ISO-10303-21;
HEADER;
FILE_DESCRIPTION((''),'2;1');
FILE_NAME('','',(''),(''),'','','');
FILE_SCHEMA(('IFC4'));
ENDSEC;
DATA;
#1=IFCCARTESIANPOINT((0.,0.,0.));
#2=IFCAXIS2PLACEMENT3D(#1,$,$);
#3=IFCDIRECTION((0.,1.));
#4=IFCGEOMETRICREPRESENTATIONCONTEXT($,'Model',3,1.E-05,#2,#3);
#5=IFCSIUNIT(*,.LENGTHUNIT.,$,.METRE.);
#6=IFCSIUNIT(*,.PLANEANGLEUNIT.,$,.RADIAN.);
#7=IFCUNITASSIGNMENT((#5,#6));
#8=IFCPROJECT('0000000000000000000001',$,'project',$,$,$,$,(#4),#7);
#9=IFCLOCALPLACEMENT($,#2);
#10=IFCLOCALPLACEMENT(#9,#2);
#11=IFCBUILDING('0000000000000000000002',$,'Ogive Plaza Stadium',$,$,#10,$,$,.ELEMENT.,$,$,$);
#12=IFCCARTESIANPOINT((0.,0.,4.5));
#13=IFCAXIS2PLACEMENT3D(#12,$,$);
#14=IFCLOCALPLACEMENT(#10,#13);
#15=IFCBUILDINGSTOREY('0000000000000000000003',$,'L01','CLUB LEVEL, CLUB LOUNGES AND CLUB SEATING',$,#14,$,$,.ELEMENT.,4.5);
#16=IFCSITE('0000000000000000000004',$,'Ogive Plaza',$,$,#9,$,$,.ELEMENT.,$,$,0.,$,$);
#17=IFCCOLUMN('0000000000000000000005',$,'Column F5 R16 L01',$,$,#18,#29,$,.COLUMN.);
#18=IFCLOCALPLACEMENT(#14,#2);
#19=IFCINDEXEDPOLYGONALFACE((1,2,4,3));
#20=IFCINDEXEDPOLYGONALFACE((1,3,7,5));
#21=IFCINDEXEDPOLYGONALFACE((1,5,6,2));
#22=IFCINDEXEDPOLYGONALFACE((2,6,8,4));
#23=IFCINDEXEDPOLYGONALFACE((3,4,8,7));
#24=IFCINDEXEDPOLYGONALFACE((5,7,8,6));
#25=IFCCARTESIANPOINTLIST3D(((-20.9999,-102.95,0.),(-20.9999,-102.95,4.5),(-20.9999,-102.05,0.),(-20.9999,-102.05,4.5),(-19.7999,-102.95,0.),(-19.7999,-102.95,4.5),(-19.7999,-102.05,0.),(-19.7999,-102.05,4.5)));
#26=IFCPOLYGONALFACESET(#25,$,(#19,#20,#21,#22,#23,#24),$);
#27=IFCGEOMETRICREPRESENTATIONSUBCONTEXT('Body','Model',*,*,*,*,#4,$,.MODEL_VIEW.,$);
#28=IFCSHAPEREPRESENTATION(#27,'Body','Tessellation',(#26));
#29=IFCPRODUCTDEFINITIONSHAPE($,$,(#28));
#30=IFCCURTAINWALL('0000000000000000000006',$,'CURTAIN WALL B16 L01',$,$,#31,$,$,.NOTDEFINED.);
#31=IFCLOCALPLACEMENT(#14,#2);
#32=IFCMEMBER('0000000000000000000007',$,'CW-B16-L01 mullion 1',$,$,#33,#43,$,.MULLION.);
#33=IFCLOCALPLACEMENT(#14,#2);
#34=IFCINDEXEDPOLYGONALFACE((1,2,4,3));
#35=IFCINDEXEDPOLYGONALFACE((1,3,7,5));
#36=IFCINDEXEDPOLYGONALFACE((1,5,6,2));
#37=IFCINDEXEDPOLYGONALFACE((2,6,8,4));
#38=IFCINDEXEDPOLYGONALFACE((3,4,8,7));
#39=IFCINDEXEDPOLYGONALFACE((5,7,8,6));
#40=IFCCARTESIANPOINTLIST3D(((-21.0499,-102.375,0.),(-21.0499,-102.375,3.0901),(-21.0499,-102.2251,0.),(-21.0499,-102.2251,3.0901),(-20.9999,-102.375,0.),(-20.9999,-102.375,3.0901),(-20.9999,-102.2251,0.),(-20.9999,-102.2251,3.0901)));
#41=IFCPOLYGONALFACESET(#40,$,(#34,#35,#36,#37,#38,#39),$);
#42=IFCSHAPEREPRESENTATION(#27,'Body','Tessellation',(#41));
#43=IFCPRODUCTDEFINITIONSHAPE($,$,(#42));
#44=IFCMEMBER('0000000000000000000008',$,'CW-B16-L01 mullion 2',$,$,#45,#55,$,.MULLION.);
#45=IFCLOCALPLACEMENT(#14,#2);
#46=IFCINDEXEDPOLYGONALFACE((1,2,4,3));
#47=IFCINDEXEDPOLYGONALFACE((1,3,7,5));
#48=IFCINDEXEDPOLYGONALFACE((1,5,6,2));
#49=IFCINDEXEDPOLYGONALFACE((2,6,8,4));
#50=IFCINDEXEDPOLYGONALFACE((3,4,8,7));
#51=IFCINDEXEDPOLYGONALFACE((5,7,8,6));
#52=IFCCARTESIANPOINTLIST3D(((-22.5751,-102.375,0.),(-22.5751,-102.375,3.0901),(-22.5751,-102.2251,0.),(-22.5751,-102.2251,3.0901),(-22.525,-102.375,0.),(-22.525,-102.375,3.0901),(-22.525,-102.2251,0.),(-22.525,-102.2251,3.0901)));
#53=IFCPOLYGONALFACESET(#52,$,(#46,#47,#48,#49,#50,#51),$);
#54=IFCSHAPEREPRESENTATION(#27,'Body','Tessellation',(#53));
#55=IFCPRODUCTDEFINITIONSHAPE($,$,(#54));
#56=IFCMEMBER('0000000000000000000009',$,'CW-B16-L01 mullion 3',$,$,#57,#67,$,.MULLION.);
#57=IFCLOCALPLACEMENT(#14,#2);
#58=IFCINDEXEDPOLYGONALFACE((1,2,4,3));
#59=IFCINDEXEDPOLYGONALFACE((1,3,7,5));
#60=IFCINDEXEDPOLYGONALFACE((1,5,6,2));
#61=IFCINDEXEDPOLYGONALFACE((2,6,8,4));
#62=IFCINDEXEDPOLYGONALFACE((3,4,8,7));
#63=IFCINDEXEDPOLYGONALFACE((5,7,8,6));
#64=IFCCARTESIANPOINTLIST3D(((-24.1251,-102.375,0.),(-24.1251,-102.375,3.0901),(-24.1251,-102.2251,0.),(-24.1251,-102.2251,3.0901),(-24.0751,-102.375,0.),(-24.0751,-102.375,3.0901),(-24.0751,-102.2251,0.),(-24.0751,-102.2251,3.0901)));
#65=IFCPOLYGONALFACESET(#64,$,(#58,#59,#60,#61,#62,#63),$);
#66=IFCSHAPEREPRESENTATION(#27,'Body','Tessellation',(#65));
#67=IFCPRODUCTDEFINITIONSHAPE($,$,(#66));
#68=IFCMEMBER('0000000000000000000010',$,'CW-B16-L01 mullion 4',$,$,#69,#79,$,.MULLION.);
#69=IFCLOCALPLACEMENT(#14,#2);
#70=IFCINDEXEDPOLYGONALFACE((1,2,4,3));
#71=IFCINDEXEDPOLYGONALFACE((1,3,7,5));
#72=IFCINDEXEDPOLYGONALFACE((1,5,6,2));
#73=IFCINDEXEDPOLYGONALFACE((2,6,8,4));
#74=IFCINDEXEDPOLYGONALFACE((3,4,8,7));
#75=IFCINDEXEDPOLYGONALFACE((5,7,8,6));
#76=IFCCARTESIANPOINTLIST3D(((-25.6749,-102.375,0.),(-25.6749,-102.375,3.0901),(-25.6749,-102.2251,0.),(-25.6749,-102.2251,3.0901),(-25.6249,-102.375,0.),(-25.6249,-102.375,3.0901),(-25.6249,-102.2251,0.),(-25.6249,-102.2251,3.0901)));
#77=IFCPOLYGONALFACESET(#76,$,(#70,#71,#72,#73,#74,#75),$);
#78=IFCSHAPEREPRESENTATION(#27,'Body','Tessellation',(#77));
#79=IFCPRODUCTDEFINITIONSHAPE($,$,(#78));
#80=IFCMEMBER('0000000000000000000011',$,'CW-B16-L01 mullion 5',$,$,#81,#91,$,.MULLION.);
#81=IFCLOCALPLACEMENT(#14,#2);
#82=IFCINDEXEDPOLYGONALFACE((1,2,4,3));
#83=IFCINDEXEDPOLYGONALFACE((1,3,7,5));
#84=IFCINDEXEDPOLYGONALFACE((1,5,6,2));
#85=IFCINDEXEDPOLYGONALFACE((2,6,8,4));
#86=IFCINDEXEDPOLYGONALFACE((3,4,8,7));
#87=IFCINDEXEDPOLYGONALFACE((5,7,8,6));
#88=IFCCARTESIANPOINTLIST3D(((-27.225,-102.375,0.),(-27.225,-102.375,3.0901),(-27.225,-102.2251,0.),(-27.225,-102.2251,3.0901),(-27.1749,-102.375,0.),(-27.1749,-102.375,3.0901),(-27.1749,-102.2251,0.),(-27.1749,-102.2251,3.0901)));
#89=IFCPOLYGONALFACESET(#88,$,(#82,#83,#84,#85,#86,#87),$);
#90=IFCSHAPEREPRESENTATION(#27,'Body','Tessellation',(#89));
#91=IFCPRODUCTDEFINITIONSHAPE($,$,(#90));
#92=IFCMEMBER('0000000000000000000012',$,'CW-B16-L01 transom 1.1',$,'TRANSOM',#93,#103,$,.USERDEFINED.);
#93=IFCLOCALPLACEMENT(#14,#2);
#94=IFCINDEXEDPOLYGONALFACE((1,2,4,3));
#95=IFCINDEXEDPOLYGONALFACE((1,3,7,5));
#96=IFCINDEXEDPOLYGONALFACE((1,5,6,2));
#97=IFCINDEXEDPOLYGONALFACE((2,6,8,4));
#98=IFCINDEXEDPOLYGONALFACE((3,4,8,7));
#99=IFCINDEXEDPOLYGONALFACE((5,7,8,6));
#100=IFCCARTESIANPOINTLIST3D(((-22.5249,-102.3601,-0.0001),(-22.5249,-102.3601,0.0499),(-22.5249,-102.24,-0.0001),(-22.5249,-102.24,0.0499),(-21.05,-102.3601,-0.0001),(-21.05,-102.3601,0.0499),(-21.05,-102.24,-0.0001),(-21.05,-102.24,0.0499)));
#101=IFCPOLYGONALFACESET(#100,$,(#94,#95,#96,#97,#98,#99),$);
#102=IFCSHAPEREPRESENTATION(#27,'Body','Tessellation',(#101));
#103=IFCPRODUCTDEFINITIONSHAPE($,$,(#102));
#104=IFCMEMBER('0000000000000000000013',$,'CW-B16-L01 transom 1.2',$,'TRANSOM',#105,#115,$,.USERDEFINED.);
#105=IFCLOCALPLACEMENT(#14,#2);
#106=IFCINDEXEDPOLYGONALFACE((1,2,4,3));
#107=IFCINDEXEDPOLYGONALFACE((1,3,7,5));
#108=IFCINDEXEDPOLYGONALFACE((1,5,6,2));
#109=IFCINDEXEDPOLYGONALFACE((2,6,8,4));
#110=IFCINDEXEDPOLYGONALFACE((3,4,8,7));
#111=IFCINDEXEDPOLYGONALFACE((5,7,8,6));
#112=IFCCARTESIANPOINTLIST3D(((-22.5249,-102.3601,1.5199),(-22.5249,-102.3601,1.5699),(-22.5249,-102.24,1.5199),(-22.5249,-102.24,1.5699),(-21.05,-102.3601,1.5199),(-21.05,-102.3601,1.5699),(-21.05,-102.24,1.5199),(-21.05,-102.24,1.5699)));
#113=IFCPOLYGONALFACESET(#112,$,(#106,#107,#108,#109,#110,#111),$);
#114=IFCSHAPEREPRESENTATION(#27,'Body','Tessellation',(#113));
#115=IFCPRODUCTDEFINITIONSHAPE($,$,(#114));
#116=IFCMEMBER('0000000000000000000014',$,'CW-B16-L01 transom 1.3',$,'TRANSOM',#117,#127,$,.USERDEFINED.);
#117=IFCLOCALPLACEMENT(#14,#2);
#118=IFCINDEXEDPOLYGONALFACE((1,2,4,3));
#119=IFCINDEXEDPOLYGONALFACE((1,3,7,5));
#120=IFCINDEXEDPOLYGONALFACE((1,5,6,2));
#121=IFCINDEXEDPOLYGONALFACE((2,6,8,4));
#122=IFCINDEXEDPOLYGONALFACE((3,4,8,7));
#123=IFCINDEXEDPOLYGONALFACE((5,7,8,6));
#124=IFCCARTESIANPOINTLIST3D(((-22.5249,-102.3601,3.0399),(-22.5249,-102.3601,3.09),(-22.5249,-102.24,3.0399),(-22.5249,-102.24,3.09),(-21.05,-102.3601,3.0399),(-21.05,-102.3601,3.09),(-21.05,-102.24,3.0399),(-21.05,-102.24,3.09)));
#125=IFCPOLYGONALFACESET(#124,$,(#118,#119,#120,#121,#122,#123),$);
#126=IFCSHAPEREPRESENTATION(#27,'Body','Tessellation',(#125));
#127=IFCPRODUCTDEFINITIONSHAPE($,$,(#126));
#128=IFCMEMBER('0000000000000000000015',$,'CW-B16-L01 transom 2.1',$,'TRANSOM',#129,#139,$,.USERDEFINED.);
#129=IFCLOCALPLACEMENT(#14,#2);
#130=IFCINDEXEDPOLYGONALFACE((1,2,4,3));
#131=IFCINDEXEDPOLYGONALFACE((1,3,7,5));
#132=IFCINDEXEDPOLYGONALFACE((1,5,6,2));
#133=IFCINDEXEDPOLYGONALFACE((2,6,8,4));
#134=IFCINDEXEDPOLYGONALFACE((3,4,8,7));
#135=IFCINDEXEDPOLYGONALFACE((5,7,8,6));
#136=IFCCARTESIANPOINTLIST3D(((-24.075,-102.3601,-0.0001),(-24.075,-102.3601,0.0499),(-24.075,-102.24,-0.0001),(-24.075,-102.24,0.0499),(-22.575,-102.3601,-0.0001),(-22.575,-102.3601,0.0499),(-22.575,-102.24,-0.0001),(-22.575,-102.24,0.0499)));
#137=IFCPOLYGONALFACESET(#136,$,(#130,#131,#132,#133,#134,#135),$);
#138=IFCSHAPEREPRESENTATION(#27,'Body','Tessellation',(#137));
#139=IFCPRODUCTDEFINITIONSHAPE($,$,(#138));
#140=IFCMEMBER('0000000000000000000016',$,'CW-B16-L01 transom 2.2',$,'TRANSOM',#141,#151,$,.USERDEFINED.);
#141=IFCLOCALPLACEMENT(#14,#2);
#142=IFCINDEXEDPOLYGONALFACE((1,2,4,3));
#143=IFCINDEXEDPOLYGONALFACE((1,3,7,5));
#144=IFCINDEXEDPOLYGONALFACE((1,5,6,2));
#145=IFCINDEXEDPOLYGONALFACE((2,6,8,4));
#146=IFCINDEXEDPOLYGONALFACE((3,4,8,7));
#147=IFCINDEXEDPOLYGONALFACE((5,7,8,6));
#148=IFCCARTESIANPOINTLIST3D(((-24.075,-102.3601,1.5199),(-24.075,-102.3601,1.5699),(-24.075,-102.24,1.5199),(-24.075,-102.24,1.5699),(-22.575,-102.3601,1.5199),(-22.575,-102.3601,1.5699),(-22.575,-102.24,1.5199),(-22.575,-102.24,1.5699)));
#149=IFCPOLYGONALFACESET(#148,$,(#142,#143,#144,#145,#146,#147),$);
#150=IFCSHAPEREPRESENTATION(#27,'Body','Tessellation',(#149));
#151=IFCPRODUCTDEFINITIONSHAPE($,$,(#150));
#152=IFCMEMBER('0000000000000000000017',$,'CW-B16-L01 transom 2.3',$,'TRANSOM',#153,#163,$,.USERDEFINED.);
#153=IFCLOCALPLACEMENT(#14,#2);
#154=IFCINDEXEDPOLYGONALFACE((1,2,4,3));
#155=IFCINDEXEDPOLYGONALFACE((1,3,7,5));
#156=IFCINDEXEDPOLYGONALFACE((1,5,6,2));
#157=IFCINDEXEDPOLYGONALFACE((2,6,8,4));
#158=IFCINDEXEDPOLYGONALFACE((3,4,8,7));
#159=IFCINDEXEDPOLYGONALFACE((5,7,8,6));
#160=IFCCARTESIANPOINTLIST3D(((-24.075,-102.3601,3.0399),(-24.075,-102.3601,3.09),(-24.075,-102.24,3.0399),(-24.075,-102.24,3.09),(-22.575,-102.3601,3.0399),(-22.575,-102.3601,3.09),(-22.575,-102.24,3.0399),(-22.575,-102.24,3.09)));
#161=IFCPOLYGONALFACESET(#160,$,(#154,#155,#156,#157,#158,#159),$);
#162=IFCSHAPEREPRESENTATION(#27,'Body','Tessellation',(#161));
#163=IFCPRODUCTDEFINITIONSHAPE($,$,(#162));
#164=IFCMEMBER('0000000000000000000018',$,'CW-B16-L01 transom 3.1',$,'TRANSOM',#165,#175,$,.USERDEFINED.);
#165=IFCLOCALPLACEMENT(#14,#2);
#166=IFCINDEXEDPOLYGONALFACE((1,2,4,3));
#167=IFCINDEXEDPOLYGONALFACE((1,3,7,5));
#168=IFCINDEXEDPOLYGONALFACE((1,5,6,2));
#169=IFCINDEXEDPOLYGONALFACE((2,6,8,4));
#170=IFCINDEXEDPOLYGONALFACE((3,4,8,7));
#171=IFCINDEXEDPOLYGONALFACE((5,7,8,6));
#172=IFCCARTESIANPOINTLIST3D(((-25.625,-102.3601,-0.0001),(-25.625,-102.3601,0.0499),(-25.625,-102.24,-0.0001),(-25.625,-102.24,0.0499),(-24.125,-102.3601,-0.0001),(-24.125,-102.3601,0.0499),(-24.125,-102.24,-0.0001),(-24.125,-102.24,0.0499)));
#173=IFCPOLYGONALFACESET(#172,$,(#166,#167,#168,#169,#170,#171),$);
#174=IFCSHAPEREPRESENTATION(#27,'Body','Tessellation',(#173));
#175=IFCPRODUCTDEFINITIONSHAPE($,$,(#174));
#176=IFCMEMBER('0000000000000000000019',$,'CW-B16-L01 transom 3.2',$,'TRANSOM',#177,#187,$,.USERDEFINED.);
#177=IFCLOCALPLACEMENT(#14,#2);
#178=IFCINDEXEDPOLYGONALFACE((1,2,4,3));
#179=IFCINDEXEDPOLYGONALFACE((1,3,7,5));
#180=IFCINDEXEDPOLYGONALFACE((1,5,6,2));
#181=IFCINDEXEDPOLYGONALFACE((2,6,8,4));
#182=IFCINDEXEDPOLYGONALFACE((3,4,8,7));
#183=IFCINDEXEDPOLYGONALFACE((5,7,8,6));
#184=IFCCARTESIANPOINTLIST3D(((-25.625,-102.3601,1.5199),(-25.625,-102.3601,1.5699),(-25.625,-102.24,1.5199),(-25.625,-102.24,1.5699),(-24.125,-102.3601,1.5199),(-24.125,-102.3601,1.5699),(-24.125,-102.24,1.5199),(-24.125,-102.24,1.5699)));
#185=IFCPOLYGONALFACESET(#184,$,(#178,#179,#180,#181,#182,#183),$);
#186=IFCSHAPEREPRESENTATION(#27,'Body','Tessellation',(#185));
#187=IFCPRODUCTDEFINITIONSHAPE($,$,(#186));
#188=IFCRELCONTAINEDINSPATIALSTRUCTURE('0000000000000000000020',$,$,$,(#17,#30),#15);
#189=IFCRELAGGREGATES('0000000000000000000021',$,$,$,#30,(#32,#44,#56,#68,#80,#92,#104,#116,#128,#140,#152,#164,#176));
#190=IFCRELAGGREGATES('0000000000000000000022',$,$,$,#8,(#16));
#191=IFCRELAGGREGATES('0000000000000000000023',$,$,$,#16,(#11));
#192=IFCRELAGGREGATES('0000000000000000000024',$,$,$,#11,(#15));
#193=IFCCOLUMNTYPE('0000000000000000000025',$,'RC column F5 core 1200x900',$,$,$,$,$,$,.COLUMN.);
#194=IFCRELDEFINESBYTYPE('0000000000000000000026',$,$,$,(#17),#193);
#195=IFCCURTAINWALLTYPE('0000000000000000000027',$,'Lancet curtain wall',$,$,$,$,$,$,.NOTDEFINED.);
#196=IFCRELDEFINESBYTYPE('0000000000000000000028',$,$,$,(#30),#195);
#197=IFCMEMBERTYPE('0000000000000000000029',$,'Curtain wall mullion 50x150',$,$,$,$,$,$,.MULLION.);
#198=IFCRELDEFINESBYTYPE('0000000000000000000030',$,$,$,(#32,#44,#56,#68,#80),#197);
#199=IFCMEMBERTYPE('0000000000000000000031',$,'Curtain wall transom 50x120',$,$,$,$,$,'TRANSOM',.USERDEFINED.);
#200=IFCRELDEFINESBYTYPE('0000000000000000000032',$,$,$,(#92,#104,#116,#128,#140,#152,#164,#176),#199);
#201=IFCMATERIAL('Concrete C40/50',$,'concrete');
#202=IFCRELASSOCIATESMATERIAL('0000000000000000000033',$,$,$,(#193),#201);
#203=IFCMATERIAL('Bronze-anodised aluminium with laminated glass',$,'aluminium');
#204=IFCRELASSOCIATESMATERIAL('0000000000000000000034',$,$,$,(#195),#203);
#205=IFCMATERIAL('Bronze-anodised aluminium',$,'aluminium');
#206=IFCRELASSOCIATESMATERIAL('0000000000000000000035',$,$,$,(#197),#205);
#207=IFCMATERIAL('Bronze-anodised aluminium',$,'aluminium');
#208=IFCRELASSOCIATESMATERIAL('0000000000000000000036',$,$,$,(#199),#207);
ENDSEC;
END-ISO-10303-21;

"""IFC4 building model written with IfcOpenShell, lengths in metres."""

from ifc_helpers import new_model, si_unit, direction, frame, origin, origin_2d, place, context, subcontext, project, spatial, rectangle, extrude, material, material_profile, profile_set, type_object, element, aggregate, save


model = new_model("IFC4")

# Units and contexts
model_context = context("Model", 3, precision=1e-05, world=origin(), true_north=direction((0.0, 1.0)))
body_context = subcontext(model_context, "Body", "Model", "MODEL_VIEW")
ifc_project = project(units=[si_unit("LENGTHUNIT", "METRE"), si_unit("PLANEANGLEUNIT", "RADIAN")], contexts=[model_context])

# Site, building, storey
site_placement = place(None, origin())
site = spatial("IfcSite", under=ifc_project, at=site_placement, Name="Ogive Plaza", CompositionType="ELEMENT", RefElevation=0.0)
building_placement = place(site_placement, origin())
building = spatial("IfcBuilding", under=site, at=building_placement, Name="Ogive Plaza Stadium", CompositionType="ELEMENT")
storey_placement = place(building_placement, frame((0.0, 0.0, 4.5)))
storey = spatial("IfcBuildingStorey", under=building, at=storey_placement, Name="L01", Description="CLUB LEVEL, CLUB LOUNGES AND CLUB SEATING", CompositionType="ELEMENT", Elevation=4.5)

# Column
ifc_material_1 = material(Name="Concrete C40/50", Category="concrete")
ifc_material_profile_1 = material_profile(ifc_material_1, rectangle(XDim=1.2, YDim=0.8999, at=origin_2d()), Name="RC 1200x900")
ifc_profile_set_1 = profile_set([ifc_material_profile_1], Name="Concrete C40/50")
column_type = type_object("IfcColumnType", Name="RC column F5 core 1200x900", PredefinedType="COLUMN", material=ifc_profile_set_1)
column_placement = place(storey_placement, frame((-20.3999, -102.5, 0.0), z_axis=(0.0, 0.0, 1.0), x_axis=(1.0, 0.0, 0.0)))
element("IfcColumn", 1, at=column_placement, inside=storey, type_object=column_type, Name="Column F5 R16 L01", PredefinedType="COLUMN", context=body_context, shape_type="SweptSolid", body=[
    extrude(rectangle(XDim=1.2, YDim=0.8999, at=origin_2d()), origin(), (0.0, 0.0, 1.0), 4.5),
])

# Curtain wall, members
ifc_material_2 = material(Name="Bronze-anodised aluminium with laminated glass", Category="aluminium")
curtain_wall_type = type_object("IfcCurtainWallType", Name="Lancet curtain wall", PredefinedType="NOTDEFINED", material=ifc_material_2)
curtain_wall_placement = place(storey_placement, origin())
curtain_wall = element("IfcCurtainWall", 2, at=curtain_wall_placement, inside=storey, type_object=curtain_wall_type, Name="CURTAIN WALL B16 L01", PredefinedType="NOTDEFINED")
ifc_material_3 = material(Name="Bronze-anodised aluminium", Category="aluminium")
ifc_material_profile_2 = material_profile(ifc_material_3, rectangle(XDim=0.1499, YDim=0.05, at=origin_2d()), Name="AL 150x50")
ifc_profile_set_2 = profile_set([ifc_material_profile_2], Name="Bronze-anodised aluminium")
member_type_1 = type_object("IfcMemberType", Name="Curtain wall mullion 50x150", PredefinedType="MULLION", material=ifc_profile_set_2)
member_1_placement = place(storey_placement, frame((-21.0249, -102.3, 0.0), z_axis=(0.0, 0.0, 1.0), x_axis=(0.0, -1.0, 0.0)))
member_1 = element("IfcMember", 3, at=member_1_placement, type_object=member_type_1, Name="CW-B16-L01 mullion 1", PredefinedType="MULLION", context=body_context, shape_type="SweptSolid", body=[
    extrude(rectangle(XDim=0.1499, YDim=0.05, at=origin_2d()), origin(), (0.0, 0.0, 1.0), 3.0901),
])
member_2_placement = place(storey_placement, frame((-22.55, -102.3, 0.0), z_axis=(0.0, 0.0, 1.0), x_axis=(0.0, -1.0, 0.0)))
member_2 = element("IfcMember", 4, at=member_2_placement, type_object=member_type_1, Name="CW-B16-L01 mullion 2", PredefinedType="MULLION", context=body_context, shape_type="SweptSolid", body=[
    extrude(rectangle(XDim=0.1499, YDim=0.05, at=origin_2d()), origin(), (0.0, 0.0, 1.0), 3.0901),
])
member_3_placement = place(storey_placement, frame((-24.1001, -102.3, 0.0), z_axis=(0.0, 0.0, 1.0), x_axis=(0.0, -1.0, 0.0)))
member_3 = element("IfcMember", 5, at=member_3_placement, type_object=member_type_1, Name="CW-B16-L01 mullion 3", PredefinedType="MULLION", context=body_context, shape_type="SweptSolid", body=[
    extrude(rectangle(XDim=0.1499, YDim=0.05, at=origin_2d()), origin(), (0.0, 0.0, 1.0), 3.0901),
])
member_4_placement = place(storey_placement, frame((-25.6499, -102.3, 0.0), z_axis=(0.0, 0.0, 1.0), x_axis=(0.0, -1.0, 0.0)))
member_4 = element("IfcMember", 6, at=member_4_placement, type_object=member_type_1, Name="CW-B16-L01 mullion 4", PredefinedType="MULLION", context=body_context, shape_type="SweptSolid", body=[
    extrude(rectangle(XDim=0.1499, YDim=0.05, at=origin_2d()), origin(), (0.0, 0.0, 1.0), 3.0901),
])
member_5_placement = place(storey_placement, frame((-27.2, -102.3, 0.0), z_axis=(0.0, 0.0, 1.0), x_axis=(0.0, -1.0, 0.0)))
member_5 = element("IfcMember", 7, at=member_5_placement, type_object=member_type_1, Name="CW-B16-L01 mullion 5", PredefinedType="MULLION", context=body_context, shape_type="SweptSolid", body=[
    extrude(rectangle(XDim=0.1499, YDim=0.05, at=origin_2d()), origin(), (0.0, 0.0, 1.0), 3.0901),
])
ifc_material_4 = material(Name="Bronze-anodised aluminium", Category="aluminium")
ifc_material_profile_3 = material_profile(ifc_material_4, rectangle(XDim=0.1201, YDim=0.05, at=origin_2d()), Name="AL 120x50")
ifc_profile_set_3 = profile_set([ifc_material_profile_3], Name="Bronze-anodised aluminium")
member_type_2 = type_object("IfcMemberType", Name="Curtain wall transom 50x120", ElementType="TRANSOM", PredefinedType="USERDEFINED", material=ifc_profile_set_3)
member_6_placement = place(storey_placement, frame((-21.05, -102.3, 0.0249), z_axis=(-1.0, 0.0, 0.0), x_axis=(0.0, -1.0, 0.0)))
member_6 = element("IfcMember", 8, at=member_6_placement, type_object=member_type_2, Name="CW-B16-L01 transom 1.1", ObjectType="TRANSOM", PredefinedType="USERDEFINED", context=body_context, shape_type="SweptSolid", body=[
    extrude(rectangle(XDim=0.1201, YDim=0.05, at=origin_2d()), origin(), (0.0, 0.0, 1.0), 1.4749),
])
member_7_placement = place(storey_placement, frame((-21.05, -102.3, 1.5449), z_axis=(-1.0, 0.0, 0.0), x_axis=(0.0, -1.0, 0.0)))
member_7 = element("IfcMember", 9, at=member_7_placement, type_object=member_type_2, Name="CW-B16-L01 transom 1.2", ObjectType="TRANSOM", PredefinedType="USERDEFINED", context=body_context, shape_type="SweptSolid", body=[
    extrude(rectangle(XDim=0.1201, YDim=0.05, at=origin_2d()), origin(), (0.0, 0.0, 1.0), 1.4749),
])
member_8_placement = place(storey_placement, frame((-21.05, -102.3, 3.0649), z_axis=(-1.0, 0.0, 0.0), x_axis=(0.0, -1.0, 0.0)))
member_8 = element("IfcMember", 10, at=member_8_placement, type_object=member_type_2, Name="CW-B16-L01 transom 1.3", ObjectType="TRANSOM", PredefinedType="USERDEFINED", context=body_context, shape_type="SweptSolid", body=[
    extrude(rectangle(XDim=0.1201, YDim=0.05, at=origin_2d()), origin(), (0.0, 0.0, 1.0), 1.4749),
])
member_9_placement = place(storey_placement, frame((-22.575, -102.3, 0.0249), z_axis=(-1.0, 0.0, 0.0), x_axis=(0.0, -1.0, 0.0)))
member_9 = element("IfcMember", 11, at=member_9_placement, type_object=member_type_2, Name="CW-B16-L01 transom 2.1", ObjectType="TRANSOM", PredefinedType="USERDEFINED", context=body_context, shape_type="SweptSolid", body=[
    extrude(rectangle(XDim=0.1201, YDim=0.05, at=origin_2d()), origin(), (0.0, 0.0, 1.0), 1.5),
])
member_10_placement = place(storey_placement, frame((-22.575, -102.3, 1.5449), z_axis=(-1.0, 0.0, 0.0), x_axis=(0.0, -1.0, 0.0)))
member_10 = element("IfcMember", 12, at=member_10_placement, type_object=member_type_2, Name="CW-B16-L01 transom 2.2", ObjectType="TRANSOM", PredefinedType="USERDEFINED", context=body_context, shape_type="SweptSolid", body=[
    extrude(rectangle(XDim=0.1201, YDim=0.05, at=origin_2d()), origin(), (0.0, 0.0, 1.0), 1.5),
])
member_11_placement = place(storey_placement, frame((-22.575, -102.3, 3.0649), z_axis=(-1.0, 0.0, 0.0), x_axis=(0.0, -1.0, 0.0)))
member_11 = element("IfcMember", 13, at=member_11_placement, type_object=member_type_2, Name="CW-B16-L01 transom 2.3", ObjectType="TRANSOM", PredefinedType="USERDEFINED", context=body_context, shape_type="SweptSolid", body=[
    extrude(rectangle(XDim=0.1201, YDim=0.05, at=origin_2d()), origin(), (0.0, 0.0, 1.0), 1.5),
])
member_12_placement = place(storey_placement, frame((-24.125, -102.3, 0.0249), z_axis=(-1.0, 0.0, 0.0), x_axis=(0.0, -1.0, 0.0)))
member_12 = element("IfcMember", 14, at=member_12_placement, type_object=member_type_2, Name="CW-B16-L01 transom 3.1", ObjectType="TRANSOM", PredefinedType="USERDEFINED", context=body_context, shape_type="SweptSolid", body=[
    extrude(rectangle(XDim=0.1201, YDim=0.05, at=origin_2d()), origin(), (0.0, 0.0, 1.0), 1.5),
])
member_13_placement = place(storey_placement, frame((-24.125, -102.3, 1.5449), z_axis=(-1.0, 0.0, 0.0), x_axis=(0.0, -1.0, 0.0)))
member_13 = element("IfcMember", 15, at=member_13_placement, type_object=member_type_2, Name="CW-B16-L01 transom 3.2", ObjectType="TRANSOM", PredefinedType="USERDEFINED", context=body_context, shape_type="SweptSolid", body=[
    extrude(rectangle(XDim=0.1201, YDim=0.05, at=origin_2d()), origin(), (0.0, 0.0, 1.0), 1.5),
])

aggregate(curtain_wall, [member_1, member_2, member_3, member_4, member_5, member_6, member_7, member_8, member_9, member_10, member_11, member_12, member_13])

save(model, "model.ifc")
